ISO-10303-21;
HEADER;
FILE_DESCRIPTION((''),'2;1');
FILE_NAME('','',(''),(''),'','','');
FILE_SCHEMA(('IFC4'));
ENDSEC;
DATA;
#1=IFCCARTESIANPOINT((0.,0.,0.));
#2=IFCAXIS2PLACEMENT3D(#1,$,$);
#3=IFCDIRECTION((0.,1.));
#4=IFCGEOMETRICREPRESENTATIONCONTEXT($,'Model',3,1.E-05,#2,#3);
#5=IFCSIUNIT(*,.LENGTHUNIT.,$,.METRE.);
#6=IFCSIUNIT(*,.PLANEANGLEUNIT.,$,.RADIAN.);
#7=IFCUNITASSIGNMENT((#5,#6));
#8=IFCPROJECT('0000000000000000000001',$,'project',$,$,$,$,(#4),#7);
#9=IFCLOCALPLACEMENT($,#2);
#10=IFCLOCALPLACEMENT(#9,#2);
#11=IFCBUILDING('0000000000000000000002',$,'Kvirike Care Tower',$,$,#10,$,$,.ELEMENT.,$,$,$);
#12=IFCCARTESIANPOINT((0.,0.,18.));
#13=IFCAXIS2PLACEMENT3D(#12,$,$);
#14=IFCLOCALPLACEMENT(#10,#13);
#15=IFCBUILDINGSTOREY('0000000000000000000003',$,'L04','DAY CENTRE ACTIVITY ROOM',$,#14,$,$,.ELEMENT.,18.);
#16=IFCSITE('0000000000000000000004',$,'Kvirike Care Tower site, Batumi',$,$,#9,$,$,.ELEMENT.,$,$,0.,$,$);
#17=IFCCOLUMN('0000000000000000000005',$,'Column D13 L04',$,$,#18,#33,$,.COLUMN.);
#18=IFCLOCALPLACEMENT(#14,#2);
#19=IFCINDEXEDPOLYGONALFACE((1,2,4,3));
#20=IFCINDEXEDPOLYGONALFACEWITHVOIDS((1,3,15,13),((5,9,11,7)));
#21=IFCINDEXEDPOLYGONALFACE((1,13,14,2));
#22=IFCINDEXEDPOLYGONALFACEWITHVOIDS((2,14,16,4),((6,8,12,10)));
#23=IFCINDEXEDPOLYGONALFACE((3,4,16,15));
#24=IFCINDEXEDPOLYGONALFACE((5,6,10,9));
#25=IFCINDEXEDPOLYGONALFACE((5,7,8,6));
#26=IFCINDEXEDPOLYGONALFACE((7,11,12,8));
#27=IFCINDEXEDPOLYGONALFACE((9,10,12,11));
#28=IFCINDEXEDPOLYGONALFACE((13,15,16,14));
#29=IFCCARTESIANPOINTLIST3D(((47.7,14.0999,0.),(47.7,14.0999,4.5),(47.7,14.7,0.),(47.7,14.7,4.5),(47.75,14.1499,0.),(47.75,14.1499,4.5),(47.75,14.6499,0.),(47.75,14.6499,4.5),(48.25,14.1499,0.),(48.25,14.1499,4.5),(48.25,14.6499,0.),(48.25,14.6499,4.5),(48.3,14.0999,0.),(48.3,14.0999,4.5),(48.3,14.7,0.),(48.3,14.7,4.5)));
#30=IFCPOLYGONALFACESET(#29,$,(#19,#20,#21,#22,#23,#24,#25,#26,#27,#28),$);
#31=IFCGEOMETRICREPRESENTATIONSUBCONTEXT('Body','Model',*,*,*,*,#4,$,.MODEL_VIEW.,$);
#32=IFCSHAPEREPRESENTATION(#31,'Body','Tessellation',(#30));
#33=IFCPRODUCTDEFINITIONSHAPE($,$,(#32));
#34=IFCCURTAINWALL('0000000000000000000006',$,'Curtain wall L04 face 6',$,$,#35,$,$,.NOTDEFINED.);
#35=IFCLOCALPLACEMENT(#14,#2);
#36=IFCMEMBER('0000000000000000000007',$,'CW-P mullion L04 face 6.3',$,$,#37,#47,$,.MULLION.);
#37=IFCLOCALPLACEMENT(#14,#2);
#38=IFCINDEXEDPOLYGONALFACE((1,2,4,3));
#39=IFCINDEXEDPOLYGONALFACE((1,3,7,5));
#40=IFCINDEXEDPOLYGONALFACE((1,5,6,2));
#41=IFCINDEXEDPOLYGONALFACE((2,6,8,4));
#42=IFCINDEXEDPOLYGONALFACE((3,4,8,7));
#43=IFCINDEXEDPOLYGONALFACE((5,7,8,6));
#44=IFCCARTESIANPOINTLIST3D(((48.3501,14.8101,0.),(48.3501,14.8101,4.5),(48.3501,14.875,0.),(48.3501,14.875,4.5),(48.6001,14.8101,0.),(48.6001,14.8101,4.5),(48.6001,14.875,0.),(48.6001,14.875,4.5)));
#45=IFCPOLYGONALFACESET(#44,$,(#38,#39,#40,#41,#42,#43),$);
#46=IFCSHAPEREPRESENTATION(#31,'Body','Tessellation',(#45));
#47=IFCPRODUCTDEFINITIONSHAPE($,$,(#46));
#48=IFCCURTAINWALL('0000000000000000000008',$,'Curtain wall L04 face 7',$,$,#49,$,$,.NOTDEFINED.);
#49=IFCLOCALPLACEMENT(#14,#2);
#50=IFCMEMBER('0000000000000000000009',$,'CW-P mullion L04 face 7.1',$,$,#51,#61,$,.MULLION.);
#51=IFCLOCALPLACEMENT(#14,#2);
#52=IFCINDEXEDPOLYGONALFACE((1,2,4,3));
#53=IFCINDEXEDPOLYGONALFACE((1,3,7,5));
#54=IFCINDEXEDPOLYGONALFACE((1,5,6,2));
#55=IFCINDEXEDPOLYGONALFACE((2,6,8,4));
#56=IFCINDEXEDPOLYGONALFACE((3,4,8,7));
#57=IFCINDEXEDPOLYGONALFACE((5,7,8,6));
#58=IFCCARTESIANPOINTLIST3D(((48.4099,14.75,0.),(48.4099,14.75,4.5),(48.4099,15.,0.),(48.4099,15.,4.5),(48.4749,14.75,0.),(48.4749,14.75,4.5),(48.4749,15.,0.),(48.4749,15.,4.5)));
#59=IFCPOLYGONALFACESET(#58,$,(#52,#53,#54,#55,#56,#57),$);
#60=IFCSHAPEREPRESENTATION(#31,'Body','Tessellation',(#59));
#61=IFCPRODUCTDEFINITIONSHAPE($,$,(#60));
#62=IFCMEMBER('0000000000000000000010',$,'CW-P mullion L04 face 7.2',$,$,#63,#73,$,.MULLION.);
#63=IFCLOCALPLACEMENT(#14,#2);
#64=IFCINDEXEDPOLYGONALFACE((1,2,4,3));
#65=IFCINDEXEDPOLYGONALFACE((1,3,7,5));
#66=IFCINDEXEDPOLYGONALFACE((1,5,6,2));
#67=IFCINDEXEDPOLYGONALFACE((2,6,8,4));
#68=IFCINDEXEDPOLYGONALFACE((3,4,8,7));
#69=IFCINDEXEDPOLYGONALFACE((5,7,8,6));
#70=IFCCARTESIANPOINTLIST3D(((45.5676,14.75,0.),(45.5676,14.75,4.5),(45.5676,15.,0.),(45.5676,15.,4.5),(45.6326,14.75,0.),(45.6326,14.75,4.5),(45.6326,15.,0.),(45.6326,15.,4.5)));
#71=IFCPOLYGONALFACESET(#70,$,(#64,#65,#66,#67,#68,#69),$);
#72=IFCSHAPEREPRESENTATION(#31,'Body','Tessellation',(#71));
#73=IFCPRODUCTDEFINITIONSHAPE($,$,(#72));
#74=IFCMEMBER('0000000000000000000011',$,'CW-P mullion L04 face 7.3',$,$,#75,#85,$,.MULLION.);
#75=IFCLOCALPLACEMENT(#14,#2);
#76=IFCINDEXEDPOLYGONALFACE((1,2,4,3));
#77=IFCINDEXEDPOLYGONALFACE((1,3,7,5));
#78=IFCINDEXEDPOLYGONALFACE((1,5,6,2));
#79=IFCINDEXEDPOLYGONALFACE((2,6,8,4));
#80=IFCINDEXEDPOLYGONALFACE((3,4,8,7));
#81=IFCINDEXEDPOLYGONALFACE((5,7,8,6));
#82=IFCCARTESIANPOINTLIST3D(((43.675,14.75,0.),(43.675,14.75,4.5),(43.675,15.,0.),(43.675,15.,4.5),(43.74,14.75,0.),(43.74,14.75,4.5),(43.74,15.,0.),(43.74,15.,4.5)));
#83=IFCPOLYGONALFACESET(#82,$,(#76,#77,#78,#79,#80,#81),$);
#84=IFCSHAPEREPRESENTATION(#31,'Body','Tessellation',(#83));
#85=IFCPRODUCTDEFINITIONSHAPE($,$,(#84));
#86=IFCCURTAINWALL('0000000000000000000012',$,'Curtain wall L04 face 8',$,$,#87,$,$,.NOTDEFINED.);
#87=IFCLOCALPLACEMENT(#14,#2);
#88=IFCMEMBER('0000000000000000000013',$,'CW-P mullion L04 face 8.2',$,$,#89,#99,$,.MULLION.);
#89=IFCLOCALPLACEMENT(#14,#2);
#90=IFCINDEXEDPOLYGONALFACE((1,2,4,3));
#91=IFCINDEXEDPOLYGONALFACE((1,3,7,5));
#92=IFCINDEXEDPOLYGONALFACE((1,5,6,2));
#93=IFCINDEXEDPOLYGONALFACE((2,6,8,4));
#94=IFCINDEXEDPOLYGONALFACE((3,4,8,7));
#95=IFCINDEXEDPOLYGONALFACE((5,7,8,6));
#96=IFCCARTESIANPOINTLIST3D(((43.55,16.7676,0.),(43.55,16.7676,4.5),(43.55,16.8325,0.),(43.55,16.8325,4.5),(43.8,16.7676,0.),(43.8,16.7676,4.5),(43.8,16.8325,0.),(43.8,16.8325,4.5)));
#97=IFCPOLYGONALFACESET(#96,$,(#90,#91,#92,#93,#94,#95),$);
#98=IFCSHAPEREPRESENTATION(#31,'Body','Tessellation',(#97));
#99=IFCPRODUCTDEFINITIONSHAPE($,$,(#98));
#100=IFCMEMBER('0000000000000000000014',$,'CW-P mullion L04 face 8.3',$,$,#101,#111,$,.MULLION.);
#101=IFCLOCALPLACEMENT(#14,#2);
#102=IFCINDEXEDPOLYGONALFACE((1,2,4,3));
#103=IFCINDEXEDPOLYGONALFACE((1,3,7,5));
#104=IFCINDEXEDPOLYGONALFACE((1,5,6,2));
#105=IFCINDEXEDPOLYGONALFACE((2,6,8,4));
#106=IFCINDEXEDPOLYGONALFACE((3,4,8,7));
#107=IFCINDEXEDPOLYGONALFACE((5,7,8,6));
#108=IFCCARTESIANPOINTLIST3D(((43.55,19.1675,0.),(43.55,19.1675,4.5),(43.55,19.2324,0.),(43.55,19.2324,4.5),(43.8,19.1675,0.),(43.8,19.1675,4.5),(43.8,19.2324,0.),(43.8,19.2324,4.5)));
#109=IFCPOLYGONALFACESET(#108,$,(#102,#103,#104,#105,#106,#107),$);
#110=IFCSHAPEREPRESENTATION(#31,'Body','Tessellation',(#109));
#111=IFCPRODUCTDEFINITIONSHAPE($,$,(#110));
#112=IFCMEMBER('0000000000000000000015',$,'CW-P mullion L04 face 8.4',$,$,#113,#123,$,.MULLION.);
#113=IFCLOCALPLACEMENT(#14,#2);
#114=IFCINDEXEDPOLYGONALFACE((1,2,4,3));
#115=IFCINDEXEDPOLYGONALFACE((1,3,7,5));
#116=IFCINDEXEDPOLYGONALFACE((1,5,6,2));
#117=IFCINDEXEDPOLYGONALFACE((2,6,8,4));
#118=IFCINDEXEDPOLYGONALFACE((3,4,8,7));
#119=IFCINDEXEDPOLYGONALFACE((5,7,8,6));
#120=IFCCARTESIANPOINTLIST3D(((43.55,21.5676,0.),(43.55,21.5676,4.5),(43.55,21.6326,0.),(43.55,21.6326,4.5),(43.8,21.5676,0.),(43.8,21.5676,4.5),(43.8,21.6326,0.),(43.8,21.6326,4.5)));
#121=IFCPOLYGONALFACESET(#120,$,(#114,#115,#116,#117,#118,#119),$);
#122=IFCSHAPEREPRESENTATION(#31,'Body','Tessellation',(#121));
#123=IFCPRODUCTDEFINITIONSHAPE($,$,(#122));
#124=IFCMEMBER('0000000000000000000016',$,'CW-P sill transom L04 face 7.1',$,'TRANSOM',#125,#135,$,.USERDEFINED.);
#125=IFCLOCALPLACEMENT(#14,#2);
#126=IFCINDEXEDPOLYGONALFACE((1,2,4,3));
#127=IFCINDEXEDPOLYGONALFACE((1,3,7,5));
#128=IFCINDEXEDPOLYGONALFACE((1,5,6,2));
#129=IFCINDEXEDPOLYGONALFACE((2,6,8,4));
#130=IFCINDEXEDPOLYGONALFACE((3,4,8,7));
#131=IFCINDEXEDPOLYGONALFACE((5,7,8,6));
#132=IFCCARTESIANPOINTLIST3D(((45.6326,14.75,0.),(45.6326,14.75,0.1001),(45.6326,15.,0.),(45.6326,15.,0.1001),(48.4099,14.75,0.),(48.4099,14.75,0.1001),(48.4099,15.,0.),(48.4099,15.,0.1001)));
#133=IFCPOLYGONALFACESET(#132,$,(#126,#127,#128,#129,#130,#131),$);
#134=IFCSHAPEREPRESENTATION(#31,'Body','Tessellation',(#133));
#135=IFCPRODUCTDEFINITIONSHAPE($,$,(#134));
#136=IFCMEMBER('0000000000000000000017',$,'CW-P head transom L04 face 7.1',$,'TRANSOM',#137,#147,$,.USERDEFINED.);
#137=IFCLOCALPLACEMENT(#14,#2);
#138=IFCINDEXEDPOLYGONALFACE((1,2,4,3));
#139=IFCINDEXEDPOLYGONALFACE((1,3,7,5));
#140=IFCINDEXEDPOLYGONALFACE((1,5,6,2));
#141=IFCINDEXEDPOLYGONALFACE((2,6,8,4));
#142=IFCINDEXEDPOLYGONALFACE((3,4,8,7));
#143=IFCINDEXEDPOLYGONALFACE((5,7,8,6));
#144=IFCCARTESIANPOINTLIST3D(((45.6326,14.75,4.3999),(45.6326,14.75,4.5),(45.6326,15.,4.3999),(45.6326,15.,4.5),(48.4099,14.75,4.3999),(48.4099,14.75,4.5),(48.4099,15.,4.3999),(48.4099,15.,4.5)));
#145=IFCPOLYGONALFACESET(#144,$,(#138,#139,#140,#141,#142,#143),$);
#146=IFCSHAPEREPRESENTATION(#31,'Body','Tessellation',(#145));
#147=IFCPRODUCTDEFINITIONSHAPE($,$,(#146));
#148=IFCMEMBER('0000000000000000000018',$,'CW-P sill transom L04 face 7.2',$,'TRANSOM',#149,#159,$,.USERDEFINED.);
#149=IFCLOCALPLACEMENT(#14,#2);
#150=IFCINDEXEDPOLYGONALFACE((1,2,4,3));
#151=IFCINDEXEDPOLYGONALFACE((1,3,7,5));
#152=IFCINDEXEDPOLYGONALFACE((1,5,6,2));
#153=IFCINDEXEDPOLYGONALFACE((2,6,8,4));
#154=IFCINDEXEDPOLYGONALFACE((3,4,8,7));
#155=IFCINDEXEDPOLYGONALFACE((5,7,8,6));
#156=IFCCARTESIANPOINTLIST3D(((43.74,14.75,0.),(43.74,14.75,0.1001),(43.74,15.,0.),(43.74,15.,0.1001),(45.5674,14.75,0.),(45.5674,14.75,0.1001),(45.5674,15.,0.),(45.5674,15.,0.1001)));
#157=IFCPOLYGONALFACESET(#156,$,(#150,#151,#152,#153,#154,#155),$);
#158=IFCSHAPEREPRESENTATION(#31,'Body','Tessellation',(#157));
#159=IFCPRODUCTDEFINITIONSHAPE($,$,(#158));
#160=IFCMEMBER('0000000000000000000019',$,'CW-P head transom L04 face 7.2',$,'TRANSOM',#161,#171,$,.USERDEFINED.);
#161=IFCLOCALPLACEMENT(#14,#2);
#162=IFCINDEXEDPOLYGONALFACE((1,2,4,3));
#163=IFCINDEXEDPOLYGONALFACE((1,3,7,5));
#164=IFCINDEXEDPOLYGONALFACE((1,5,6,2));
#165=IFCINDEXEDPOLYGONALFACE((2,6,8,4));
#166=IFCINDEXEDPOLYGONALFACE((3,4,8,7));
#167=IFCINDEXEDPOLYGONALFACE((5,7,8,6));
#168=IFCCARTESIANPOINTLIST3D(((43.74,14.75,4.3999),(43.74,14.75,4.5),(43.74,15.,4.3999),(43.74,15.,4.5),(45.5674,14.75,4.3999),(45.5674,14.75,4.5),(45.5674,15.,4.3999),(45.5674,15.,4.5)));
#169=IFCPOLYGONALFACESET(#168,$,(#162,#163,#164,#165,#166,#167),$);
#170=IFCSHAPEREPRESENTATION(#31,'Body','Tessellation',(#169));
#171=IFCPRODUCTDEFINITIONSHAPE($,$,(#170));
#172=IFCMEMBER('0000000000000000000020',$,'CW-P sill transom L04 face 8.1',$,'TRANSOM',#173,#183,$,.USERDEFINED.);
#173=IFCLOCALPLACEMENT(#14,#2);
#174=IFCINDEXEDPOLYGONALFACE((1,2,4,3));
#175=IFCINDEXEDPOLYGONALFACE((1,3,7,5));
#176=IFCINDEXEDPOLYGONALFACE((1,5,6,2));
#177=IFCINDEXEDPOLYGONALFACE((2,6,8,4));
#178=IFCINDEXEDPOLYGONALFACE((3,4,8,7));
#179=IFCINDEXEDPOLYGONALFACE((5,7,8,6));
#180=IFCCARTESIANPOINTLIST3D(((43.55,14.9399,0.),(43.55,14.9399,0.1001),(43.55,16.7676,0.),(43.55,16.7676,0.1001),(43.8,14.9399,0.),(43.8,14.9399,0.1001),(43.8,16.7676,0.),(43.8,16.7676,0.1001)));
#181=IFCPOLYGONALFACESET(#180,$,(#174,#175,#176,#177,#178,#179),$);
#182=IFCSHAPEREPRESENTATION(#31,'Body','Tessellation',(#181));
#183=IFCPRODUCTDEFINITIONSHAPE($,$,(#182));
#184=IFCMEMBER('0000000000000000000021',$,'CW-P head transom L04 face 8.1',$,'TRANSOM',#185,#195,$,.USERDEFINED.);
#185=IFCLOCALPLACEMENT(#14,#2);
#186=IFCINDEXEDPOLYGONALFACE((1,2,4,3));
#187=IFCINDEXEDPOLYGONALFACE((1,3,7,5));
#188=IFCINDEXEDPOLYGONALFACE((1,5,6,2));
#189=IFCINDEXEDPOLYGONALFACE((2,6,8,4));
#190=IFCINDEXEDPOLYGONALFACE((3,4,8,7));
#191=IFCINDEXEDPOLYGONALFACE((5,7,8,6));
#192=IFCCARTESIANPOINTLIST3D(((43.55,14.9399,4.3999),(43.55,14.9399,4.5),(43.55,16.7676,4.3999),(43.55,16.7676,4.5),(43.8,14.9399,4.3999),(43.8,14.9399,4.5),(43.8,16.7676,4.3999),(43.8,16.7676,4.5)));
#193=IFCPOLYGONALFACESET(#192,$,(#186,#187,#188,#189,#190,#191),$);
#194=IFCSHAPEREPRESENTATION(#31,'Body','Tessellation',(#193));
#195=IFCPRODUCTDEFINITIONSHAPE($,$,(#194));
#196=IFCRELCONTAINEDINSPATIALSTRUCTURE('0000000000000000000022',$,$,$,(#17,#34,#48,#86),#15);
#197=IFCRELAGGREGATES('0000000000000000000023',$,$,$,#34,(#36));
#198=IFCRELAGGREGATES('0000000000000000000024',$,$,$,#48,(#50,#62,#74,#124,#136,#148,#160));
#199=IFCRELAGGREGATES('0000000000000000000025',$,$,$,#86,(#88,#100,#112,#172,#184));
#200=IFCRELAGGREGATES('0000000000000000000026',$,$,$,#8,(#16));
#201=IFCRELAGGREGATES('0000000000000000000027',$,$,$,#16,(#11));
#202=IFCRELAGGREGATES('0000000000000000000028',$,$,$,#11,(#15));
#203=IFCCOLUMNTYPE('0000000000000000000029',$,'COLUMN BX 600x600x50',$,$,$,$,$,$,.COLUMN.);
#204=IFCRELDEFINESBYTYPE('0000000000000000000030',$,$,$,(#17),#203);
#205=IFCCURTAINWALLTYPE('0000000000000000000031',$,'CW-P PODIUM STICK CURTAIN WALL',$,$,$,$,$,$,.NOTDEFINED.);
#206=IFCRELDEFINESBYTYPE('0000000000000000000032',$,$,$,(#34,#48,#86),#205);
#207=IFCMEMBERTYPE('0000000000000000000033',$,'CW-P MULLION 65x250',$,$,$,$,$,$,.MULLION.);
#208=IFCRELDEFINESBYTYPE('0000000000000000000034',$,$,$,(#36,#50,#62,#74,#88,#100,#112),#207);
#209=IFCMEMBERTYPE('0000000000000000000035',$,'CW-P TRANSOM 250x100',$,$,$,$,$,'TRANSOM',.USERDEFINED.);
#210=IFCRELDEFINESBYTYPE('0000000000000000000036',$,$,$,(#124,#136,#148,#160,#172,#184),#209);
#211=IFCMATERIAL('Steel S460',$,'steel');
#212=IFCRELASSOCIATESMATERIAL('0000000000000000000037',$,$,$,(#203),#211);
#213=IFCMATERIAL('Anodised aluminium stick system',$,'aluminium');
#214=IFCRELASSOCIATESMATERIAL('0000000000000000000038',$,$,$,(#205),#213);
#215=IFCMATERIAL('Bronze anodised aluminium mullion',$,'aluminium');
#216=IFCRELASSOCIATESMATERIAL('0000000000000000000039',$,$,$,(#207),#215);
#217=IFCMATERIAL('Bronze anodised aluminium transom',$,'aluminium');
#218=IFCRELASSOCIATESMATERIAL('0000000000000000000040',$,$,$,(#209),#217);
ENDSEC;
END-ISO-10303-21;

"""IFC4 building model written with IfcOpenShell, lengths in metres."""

from ifc_helpers import new_model, si_unit, direction, frame, origin, origin_2d, place, context, subcontext, project, spatial, rectangle, hollow_rectangle, extrude, material, material_profile, profile_set, type_object, element, aggregate, save


model = new_model("IFC4")

# Units and contexts
model_context = context("Model", 3, precision=1e-05, world=origin(), true_north=direction((0.0, 1.0)))
body_context = subcontext(model_context, "Body", "Model", "MODEL_VIEW")
ifc_project = project(units=[si_unit("LENGTHUNIT", "METRE"), si_unit("PLANEANGLEUNIT", "RADIAN")], contexts=[model_context])

# Site, building, storey
site_placement = place(None, origin())
site = spatial("IfcSite", under=ifc_project, at=site_placement, Name="Kvirike Care Tower site, Batumi", CompositionType="ELEMENT", RefElevation=0.0)
building_placement = place(site_placement, origin())
building = spatial("IfcBuilding", under=site, at=building_placement, Name="Kvirike Care Tower", CompositionType="ELEMENT")
storey_placement = place(building_placement, frame((0.0, 0.0, 18.0)))
storey = spatial("IfcBuildingStorey", under=building, at=storey_placement, Name="L04", Description="DAY CENTRE ACTIVITY ROOM", CompositionType="ELEMENT", Elevation=18.0)

# Column
ifc_material_1 = material(Name="Steel S460", Category="steel")
ifc_material_profile_1 = material_profile(ifc_material_1, hollow_rectangle(XDim=0.6001, YDim=0.6001, WallThickness=0.05, at=origin_2d()), Name="BX 600x600x50")
ifc_profile_set_1 = profile_set([ifc_material_profile_1], Name="Steel S460")
column_type = type_object("IfcColumnType", Name="COLUMN BX 600x600x50", PredefinedType="COLUMN", material=ifc_profile_set_1)
column_placement = place(storey_placement, frame((48.0, 14.3999, 0.0), z_axis=(0.0, 0.0, 1.0), x_axis=(0.0, 1.0, 0.0)))
element("IfcColumn", 1, at=column_placement, inside=storey, type_object=column_type, Name="Column D13 L04", PredefinedType="COLUMN", context=body_context, shape_type="SweptSolid", body=[
    extrude(hollow_rectangle(XDim=0.6001, YDim=0.6001, WallThickness=0.05, at=origin_2d()), origin(), (0.0, 0.0, 1.0), 4.5),
])

# Curtain wall, member
ifc_material_2 = material(Name="Anodised aluminium stick system", Category="aluminium")
curtain_wall_type = type_object("IfcCurtainWallType", Name="CW-P PODIUM STICK CURTAIN WALL", PredefinedType="NOTDEFINED", material=ifc_material_2)
curtain_wall_1_placement = place(storey_placement, origin())
curtain_wall_1 = element("IfcCurtainWall", 2, at=curtain_wall_1_placement, inside=storey, type_object=curtain_wall_type, Name="Curtain wall L04 face 6", PredefinedType="NOTDEFINED")
ifc_material_3 = material(Name="Bronze anodised aluminium mullion", Category="aluminium")
ifc_material_profile_2 = material_profile(ifc_material_3, rectangle(XDim=0.0649, YDim=0.25, at=origin_2d()), Name="CW-P MULLION 65x250")
ifc_profile_set_2 = profile_set([ifc_material_profile_2], Name="Bronze anodised aluminium mullion")
member_type_1 = type_object("IfcMemberType", Name="CW-P MULLION 65x250", PredefinedType="MULLION", material=ifc_profile_set_2)
member_1_placement = place(storey_placement, frame((48.4751, 14.8425, 0.0), z_axis=(0.0, 0.0, 1.0), x_axis=(0.0, 1.0, 0.0)))
member_1 = element("IfcMember", 3, at=member_1_placement, type_object=member_type_1, Name="CW-P mullion L04 face 6.3", PredefinedType="MULLION", context=body_context, shape_type="SweptSolid", body=[
    extrude(rectangle(XDim=0.0649, YDim=0.25, at=origin_2d()), origin(), (0.0, 0.0, 1.0), 4.5),
])
aggregate(curtain_wall_1, [member_1])

# Curtain walls, members
curtain_wall_2_placement = place(storey_placement, origin())
curtain_wall_2 = element("IfcCurtainWall", 4, at=curtain_wall_2_placement, inside=storey, type_object=curtain_wall_type, Name="Curtain wall L04 face 7", PredefinedType="NOTDEFINED")
member_2_placement = place(storey_placement, frame((48.4424, 14.875, 0.0), z_axis=(0.0, 0.0, 1.0), x_axis=(-1.0, 0.0, 0.0)))
member_2 = element("IfcMember", 5, at=member_2_placement, type_object=member_type_1, Name="CW-P mullion L04 face 7.1", PredefinedType="MULLION", context=body_context, shape_type="SweptSolid", body=[
    extrude(rectangle(XDim=0.0649, YDim=0.25, at=origin_2d()), origin(), (0.0, 0.0, 1.0), 4.5),
])
member_3_placement = place(storey_placement, frame((45.6001, 14.875, 0.0), z_axis=(0.0, 0.0, 1.0), x_axis=(-1.0, 0.0, 0.0)))
member_3 = element("IfcMember", 6, at=member_3_placement, type_object=member_type_1, Name="CW-P mullion L04 face 7.2", PredefinedType="MULLION", context=body_context, shape_type="SweptSolid", body=[
    extrude(rectangle(XDim=0.0649, YDim=0.25, at=origin_2d()), origin(), (0.0, 0.0, 1.0), 4.5),
])
member_4_placement = place(storey_placement, frame((43.7075, 14.875, 0.0), z_axis=(0.0, 0.0, 1.0), x_axis=(-1.0, 0.0, 0.0)))
member_4 = element("IfcMember", 7, at=member_4_placement, type_object=member_type_1, Name="CW-P mullion L04 face 7.3", PredefinedType="MULLION", context=body_context, shape_type="SweptSolid", body=[
    extrude(rectangle(XDim=0.0649, YDim=0.25, at=origin_2d()), origin(), (0.0, 0.0, 1.0), 4.5),
])
curtain_wall_3_placement = place(storey_placement, origin())
curtain_wall_3 = element("IfcCurtainWall", 8, at=curtain_wall_3_placement, inside=storey, type_object=curtain_wall_type, Name="Curtain wall L04 face 8", PredefinedType="NOTDEFINED")
member_5_placement = place(storey_placement, frame((43.675, 16.8, 0.0), z_axis=(0.0, 0.0, 1.0), x_axis=(0.0, 1.0, 0.0)))
member_5 = element("IfcMember", 9, at=member_5_placement, type_object=member_type_1, Name="CW-P mullion L04 face 8.2", PredefinedType="MULLION", context=body_context, shape_type="SweptSolid", body=[
    extrude(rectangle(XDim=0.0649, YDim=0.25, at=origin_2d()), origin(), (0.0, 0.0, 1.0), 4.5),
])
member_6_placement = place(storey_placement, frame((43.675, 19.2, 0.0), z_axis=(0.0, 0.0, 1.0), x_axis=(0.0, 1.0, 0.0)))
member_6 = element("IfcMember", 10, at=member_6_placement, type_object=member_type_1, Name="CW-P mullion L04 face 8.3", PredefinedType="MULLION", context=body_context, shape_type="SweptSolid", body=[
    extrude(rectangle(XDim=0.0649, YDim=0.25, at=origin_2d()), origin(), (0.0, 0.0, 1.0), 4.5),
])
member_7_placement = place(storey_placement, frame((43.675, 21.6001, 0.0), z_axis=(0.0, 0.0, 1.0), x_axis=(0.0, 1.0, 0.0)))
member_7 = element("IfcMember", 11, at=member_7_placement, type_object=member_type_1, Name="CW-P mullion L04 face 8.4", PredefinedType="MULLION", context=body_context, shape_type="SweptSolid", body=[
    extrude(rectangle(XDim=0.0649, YDim=0.25, at=origin_2d()), origin(), (0.0, 0.0, 1.0), 4.5),
])

# Members
ifc_material_4 = material(Name="Bronze anodised aluminium transom", Category="aluminium")
ifc_material_profile_3 = material_profile(ifc_material_4, rectangle(XDim=0.25, YDim=0.1001, at=origin_2d()), Name="CW-P TRANSOM 250x100")
ifc_profile_set_3 = profile_set([ifc_material_profile_3], Name="Bronze anodised aluminium transom")
member_type_2 = type_object("IfcMemberType", Name="CW-P TRANSOM 250x100", ElementType="TRANSOM", PredefinedType="USERDEFINED", material=ifc_profile_set_3)
member_8_placement = place(storey_placement, frame((48.4099, 14.875, 0.05), z_axis=(-1.0, 0.0, 0.0), x_axis=(0.0, -1.0, 0.0)))
member_8 = element("IfcMember", 12, at=member_8_placement, type_object=member_type_2, Name="CW-P sill transom L04 face 7.1", ObjectType="TRANSOM", PredefinedType="USERDEFINED", context=body_context, shape_type="SweptSolid", body=[
    extrude(rectangle(XDim=0.25, YDim=0.1001, at=origin_2d()), origin(), (0.0, 0.0, 1.0), 2.7773),
])
member_9_placement = place(storey_placement, frame((48.4099, 14.875, 4.45), z_axis=(-1.0, 0.0, 0.0), x_axis=(0.0, -1.0, 0.0)))
member_9 = element("IfcMember", 13, at=member_9_placement, type_object=member_type_2, Name="CW-P head transom L04 face 7.1", ObjectType="TRANSOM", PredefinedType="USERDEFINED", context=body_context, shape_type="SweptSolid", body=[
    extrude(rectangle(XDim=0.25, YDim=0.1001, at=origin_2d()), origin(), (0.0, 0.0, 1.0), 2.7773),
])
member_10_placement = place(storey_placement, frame((45.5674, 14.875, 0.05), z_axis=(-1.0, 0.0, 0.0), x_axis=(0.0, -1.0, 0.0)))
member_10 = element("IfcMember", 14, at=member_10_placement, type_object=member_type_2, Name="CW-P sill transom L04 face 7.2", ObjectType="TRANSOM", PredefinedType="USERDEFINED", context=body_context, shape_type="SweptSolid", body=[
    extrude(rectangle(XDim=0.25, YDim=0.1001, at=origin_2d()), origin(), (0.0, 0.0, 1.0), 1.8274),
])
member_11_placement = place(storey_placement, frame((45.5674, 14.875, 4.45), z_axis=(-1.0, 0.0, 0.0), x_axis=(0.0, -1.0, 0.0)))
member_11 = element("IfcMember", 15, at=member_11_placement, type_object=member_type_2, Name="CW-P head transom L04 face 7.2", ObjectType="TRANSOM", PredefinedType="USERDEFINED", context=body_context, shape_type="SweptSolid", body=[
    extrude(rectangle(XDim=0.25, YDim=0.1001, at=origin_2d()), origin(), (0.0, 0.0, 1.0), 1.8274),
])
member_12_placement = place(storey_placement, frame((43.675, 14.9399, 0.05), z_axis=(0.0, 1.0, 0.0), x_axis=(-1.0, 0.0, 0.0)))
member_12 = element("IfcMember", 16, at=member_12_placement, type_object=member_type_2, Name="CW-P sill transom L04 face 8.1", ObjectType="TRANSOM", PredefinedType="USERDEFINED", context=body_context, shape_type="SweptSolid", body=[
    extrude(rectangle(XDim=0.25, YDim=0.1001, at=origin_2d()), origin(), (0.0, 0.0, 1.0), 1.8276),
])
member_13_placement = place(storey_placement, frame((43.675, 14.9399, 4.45), z_axis=(0.0, 1.0, 0.0), x_axis=(-1.0, 0.0, 0.0)))
member_13 = element("IfcMember", 17, at=member_13_placement, type_object=member_type_2, Name="CW-P head transom L04 face 8.1", ObjectType="TRANSOM", PredefinedType="USERDEFINED", context=body_context, shape_type="SweptSolid", body=[
    extrude(rectangle(XDim=0.25, YDim=0.1001, at=origin_2d()), origin(), (0.0, 0.0, 1.0), 1.8276),
])

aggregate(curtain_wall_2, [member_2, member_3, member_4, member_8, member_9, member_10, member_11])
aggregate(curtain_wall_3, [member_5, member_6, member_7, member_12, member_13])

save(model, "model.ifc")
